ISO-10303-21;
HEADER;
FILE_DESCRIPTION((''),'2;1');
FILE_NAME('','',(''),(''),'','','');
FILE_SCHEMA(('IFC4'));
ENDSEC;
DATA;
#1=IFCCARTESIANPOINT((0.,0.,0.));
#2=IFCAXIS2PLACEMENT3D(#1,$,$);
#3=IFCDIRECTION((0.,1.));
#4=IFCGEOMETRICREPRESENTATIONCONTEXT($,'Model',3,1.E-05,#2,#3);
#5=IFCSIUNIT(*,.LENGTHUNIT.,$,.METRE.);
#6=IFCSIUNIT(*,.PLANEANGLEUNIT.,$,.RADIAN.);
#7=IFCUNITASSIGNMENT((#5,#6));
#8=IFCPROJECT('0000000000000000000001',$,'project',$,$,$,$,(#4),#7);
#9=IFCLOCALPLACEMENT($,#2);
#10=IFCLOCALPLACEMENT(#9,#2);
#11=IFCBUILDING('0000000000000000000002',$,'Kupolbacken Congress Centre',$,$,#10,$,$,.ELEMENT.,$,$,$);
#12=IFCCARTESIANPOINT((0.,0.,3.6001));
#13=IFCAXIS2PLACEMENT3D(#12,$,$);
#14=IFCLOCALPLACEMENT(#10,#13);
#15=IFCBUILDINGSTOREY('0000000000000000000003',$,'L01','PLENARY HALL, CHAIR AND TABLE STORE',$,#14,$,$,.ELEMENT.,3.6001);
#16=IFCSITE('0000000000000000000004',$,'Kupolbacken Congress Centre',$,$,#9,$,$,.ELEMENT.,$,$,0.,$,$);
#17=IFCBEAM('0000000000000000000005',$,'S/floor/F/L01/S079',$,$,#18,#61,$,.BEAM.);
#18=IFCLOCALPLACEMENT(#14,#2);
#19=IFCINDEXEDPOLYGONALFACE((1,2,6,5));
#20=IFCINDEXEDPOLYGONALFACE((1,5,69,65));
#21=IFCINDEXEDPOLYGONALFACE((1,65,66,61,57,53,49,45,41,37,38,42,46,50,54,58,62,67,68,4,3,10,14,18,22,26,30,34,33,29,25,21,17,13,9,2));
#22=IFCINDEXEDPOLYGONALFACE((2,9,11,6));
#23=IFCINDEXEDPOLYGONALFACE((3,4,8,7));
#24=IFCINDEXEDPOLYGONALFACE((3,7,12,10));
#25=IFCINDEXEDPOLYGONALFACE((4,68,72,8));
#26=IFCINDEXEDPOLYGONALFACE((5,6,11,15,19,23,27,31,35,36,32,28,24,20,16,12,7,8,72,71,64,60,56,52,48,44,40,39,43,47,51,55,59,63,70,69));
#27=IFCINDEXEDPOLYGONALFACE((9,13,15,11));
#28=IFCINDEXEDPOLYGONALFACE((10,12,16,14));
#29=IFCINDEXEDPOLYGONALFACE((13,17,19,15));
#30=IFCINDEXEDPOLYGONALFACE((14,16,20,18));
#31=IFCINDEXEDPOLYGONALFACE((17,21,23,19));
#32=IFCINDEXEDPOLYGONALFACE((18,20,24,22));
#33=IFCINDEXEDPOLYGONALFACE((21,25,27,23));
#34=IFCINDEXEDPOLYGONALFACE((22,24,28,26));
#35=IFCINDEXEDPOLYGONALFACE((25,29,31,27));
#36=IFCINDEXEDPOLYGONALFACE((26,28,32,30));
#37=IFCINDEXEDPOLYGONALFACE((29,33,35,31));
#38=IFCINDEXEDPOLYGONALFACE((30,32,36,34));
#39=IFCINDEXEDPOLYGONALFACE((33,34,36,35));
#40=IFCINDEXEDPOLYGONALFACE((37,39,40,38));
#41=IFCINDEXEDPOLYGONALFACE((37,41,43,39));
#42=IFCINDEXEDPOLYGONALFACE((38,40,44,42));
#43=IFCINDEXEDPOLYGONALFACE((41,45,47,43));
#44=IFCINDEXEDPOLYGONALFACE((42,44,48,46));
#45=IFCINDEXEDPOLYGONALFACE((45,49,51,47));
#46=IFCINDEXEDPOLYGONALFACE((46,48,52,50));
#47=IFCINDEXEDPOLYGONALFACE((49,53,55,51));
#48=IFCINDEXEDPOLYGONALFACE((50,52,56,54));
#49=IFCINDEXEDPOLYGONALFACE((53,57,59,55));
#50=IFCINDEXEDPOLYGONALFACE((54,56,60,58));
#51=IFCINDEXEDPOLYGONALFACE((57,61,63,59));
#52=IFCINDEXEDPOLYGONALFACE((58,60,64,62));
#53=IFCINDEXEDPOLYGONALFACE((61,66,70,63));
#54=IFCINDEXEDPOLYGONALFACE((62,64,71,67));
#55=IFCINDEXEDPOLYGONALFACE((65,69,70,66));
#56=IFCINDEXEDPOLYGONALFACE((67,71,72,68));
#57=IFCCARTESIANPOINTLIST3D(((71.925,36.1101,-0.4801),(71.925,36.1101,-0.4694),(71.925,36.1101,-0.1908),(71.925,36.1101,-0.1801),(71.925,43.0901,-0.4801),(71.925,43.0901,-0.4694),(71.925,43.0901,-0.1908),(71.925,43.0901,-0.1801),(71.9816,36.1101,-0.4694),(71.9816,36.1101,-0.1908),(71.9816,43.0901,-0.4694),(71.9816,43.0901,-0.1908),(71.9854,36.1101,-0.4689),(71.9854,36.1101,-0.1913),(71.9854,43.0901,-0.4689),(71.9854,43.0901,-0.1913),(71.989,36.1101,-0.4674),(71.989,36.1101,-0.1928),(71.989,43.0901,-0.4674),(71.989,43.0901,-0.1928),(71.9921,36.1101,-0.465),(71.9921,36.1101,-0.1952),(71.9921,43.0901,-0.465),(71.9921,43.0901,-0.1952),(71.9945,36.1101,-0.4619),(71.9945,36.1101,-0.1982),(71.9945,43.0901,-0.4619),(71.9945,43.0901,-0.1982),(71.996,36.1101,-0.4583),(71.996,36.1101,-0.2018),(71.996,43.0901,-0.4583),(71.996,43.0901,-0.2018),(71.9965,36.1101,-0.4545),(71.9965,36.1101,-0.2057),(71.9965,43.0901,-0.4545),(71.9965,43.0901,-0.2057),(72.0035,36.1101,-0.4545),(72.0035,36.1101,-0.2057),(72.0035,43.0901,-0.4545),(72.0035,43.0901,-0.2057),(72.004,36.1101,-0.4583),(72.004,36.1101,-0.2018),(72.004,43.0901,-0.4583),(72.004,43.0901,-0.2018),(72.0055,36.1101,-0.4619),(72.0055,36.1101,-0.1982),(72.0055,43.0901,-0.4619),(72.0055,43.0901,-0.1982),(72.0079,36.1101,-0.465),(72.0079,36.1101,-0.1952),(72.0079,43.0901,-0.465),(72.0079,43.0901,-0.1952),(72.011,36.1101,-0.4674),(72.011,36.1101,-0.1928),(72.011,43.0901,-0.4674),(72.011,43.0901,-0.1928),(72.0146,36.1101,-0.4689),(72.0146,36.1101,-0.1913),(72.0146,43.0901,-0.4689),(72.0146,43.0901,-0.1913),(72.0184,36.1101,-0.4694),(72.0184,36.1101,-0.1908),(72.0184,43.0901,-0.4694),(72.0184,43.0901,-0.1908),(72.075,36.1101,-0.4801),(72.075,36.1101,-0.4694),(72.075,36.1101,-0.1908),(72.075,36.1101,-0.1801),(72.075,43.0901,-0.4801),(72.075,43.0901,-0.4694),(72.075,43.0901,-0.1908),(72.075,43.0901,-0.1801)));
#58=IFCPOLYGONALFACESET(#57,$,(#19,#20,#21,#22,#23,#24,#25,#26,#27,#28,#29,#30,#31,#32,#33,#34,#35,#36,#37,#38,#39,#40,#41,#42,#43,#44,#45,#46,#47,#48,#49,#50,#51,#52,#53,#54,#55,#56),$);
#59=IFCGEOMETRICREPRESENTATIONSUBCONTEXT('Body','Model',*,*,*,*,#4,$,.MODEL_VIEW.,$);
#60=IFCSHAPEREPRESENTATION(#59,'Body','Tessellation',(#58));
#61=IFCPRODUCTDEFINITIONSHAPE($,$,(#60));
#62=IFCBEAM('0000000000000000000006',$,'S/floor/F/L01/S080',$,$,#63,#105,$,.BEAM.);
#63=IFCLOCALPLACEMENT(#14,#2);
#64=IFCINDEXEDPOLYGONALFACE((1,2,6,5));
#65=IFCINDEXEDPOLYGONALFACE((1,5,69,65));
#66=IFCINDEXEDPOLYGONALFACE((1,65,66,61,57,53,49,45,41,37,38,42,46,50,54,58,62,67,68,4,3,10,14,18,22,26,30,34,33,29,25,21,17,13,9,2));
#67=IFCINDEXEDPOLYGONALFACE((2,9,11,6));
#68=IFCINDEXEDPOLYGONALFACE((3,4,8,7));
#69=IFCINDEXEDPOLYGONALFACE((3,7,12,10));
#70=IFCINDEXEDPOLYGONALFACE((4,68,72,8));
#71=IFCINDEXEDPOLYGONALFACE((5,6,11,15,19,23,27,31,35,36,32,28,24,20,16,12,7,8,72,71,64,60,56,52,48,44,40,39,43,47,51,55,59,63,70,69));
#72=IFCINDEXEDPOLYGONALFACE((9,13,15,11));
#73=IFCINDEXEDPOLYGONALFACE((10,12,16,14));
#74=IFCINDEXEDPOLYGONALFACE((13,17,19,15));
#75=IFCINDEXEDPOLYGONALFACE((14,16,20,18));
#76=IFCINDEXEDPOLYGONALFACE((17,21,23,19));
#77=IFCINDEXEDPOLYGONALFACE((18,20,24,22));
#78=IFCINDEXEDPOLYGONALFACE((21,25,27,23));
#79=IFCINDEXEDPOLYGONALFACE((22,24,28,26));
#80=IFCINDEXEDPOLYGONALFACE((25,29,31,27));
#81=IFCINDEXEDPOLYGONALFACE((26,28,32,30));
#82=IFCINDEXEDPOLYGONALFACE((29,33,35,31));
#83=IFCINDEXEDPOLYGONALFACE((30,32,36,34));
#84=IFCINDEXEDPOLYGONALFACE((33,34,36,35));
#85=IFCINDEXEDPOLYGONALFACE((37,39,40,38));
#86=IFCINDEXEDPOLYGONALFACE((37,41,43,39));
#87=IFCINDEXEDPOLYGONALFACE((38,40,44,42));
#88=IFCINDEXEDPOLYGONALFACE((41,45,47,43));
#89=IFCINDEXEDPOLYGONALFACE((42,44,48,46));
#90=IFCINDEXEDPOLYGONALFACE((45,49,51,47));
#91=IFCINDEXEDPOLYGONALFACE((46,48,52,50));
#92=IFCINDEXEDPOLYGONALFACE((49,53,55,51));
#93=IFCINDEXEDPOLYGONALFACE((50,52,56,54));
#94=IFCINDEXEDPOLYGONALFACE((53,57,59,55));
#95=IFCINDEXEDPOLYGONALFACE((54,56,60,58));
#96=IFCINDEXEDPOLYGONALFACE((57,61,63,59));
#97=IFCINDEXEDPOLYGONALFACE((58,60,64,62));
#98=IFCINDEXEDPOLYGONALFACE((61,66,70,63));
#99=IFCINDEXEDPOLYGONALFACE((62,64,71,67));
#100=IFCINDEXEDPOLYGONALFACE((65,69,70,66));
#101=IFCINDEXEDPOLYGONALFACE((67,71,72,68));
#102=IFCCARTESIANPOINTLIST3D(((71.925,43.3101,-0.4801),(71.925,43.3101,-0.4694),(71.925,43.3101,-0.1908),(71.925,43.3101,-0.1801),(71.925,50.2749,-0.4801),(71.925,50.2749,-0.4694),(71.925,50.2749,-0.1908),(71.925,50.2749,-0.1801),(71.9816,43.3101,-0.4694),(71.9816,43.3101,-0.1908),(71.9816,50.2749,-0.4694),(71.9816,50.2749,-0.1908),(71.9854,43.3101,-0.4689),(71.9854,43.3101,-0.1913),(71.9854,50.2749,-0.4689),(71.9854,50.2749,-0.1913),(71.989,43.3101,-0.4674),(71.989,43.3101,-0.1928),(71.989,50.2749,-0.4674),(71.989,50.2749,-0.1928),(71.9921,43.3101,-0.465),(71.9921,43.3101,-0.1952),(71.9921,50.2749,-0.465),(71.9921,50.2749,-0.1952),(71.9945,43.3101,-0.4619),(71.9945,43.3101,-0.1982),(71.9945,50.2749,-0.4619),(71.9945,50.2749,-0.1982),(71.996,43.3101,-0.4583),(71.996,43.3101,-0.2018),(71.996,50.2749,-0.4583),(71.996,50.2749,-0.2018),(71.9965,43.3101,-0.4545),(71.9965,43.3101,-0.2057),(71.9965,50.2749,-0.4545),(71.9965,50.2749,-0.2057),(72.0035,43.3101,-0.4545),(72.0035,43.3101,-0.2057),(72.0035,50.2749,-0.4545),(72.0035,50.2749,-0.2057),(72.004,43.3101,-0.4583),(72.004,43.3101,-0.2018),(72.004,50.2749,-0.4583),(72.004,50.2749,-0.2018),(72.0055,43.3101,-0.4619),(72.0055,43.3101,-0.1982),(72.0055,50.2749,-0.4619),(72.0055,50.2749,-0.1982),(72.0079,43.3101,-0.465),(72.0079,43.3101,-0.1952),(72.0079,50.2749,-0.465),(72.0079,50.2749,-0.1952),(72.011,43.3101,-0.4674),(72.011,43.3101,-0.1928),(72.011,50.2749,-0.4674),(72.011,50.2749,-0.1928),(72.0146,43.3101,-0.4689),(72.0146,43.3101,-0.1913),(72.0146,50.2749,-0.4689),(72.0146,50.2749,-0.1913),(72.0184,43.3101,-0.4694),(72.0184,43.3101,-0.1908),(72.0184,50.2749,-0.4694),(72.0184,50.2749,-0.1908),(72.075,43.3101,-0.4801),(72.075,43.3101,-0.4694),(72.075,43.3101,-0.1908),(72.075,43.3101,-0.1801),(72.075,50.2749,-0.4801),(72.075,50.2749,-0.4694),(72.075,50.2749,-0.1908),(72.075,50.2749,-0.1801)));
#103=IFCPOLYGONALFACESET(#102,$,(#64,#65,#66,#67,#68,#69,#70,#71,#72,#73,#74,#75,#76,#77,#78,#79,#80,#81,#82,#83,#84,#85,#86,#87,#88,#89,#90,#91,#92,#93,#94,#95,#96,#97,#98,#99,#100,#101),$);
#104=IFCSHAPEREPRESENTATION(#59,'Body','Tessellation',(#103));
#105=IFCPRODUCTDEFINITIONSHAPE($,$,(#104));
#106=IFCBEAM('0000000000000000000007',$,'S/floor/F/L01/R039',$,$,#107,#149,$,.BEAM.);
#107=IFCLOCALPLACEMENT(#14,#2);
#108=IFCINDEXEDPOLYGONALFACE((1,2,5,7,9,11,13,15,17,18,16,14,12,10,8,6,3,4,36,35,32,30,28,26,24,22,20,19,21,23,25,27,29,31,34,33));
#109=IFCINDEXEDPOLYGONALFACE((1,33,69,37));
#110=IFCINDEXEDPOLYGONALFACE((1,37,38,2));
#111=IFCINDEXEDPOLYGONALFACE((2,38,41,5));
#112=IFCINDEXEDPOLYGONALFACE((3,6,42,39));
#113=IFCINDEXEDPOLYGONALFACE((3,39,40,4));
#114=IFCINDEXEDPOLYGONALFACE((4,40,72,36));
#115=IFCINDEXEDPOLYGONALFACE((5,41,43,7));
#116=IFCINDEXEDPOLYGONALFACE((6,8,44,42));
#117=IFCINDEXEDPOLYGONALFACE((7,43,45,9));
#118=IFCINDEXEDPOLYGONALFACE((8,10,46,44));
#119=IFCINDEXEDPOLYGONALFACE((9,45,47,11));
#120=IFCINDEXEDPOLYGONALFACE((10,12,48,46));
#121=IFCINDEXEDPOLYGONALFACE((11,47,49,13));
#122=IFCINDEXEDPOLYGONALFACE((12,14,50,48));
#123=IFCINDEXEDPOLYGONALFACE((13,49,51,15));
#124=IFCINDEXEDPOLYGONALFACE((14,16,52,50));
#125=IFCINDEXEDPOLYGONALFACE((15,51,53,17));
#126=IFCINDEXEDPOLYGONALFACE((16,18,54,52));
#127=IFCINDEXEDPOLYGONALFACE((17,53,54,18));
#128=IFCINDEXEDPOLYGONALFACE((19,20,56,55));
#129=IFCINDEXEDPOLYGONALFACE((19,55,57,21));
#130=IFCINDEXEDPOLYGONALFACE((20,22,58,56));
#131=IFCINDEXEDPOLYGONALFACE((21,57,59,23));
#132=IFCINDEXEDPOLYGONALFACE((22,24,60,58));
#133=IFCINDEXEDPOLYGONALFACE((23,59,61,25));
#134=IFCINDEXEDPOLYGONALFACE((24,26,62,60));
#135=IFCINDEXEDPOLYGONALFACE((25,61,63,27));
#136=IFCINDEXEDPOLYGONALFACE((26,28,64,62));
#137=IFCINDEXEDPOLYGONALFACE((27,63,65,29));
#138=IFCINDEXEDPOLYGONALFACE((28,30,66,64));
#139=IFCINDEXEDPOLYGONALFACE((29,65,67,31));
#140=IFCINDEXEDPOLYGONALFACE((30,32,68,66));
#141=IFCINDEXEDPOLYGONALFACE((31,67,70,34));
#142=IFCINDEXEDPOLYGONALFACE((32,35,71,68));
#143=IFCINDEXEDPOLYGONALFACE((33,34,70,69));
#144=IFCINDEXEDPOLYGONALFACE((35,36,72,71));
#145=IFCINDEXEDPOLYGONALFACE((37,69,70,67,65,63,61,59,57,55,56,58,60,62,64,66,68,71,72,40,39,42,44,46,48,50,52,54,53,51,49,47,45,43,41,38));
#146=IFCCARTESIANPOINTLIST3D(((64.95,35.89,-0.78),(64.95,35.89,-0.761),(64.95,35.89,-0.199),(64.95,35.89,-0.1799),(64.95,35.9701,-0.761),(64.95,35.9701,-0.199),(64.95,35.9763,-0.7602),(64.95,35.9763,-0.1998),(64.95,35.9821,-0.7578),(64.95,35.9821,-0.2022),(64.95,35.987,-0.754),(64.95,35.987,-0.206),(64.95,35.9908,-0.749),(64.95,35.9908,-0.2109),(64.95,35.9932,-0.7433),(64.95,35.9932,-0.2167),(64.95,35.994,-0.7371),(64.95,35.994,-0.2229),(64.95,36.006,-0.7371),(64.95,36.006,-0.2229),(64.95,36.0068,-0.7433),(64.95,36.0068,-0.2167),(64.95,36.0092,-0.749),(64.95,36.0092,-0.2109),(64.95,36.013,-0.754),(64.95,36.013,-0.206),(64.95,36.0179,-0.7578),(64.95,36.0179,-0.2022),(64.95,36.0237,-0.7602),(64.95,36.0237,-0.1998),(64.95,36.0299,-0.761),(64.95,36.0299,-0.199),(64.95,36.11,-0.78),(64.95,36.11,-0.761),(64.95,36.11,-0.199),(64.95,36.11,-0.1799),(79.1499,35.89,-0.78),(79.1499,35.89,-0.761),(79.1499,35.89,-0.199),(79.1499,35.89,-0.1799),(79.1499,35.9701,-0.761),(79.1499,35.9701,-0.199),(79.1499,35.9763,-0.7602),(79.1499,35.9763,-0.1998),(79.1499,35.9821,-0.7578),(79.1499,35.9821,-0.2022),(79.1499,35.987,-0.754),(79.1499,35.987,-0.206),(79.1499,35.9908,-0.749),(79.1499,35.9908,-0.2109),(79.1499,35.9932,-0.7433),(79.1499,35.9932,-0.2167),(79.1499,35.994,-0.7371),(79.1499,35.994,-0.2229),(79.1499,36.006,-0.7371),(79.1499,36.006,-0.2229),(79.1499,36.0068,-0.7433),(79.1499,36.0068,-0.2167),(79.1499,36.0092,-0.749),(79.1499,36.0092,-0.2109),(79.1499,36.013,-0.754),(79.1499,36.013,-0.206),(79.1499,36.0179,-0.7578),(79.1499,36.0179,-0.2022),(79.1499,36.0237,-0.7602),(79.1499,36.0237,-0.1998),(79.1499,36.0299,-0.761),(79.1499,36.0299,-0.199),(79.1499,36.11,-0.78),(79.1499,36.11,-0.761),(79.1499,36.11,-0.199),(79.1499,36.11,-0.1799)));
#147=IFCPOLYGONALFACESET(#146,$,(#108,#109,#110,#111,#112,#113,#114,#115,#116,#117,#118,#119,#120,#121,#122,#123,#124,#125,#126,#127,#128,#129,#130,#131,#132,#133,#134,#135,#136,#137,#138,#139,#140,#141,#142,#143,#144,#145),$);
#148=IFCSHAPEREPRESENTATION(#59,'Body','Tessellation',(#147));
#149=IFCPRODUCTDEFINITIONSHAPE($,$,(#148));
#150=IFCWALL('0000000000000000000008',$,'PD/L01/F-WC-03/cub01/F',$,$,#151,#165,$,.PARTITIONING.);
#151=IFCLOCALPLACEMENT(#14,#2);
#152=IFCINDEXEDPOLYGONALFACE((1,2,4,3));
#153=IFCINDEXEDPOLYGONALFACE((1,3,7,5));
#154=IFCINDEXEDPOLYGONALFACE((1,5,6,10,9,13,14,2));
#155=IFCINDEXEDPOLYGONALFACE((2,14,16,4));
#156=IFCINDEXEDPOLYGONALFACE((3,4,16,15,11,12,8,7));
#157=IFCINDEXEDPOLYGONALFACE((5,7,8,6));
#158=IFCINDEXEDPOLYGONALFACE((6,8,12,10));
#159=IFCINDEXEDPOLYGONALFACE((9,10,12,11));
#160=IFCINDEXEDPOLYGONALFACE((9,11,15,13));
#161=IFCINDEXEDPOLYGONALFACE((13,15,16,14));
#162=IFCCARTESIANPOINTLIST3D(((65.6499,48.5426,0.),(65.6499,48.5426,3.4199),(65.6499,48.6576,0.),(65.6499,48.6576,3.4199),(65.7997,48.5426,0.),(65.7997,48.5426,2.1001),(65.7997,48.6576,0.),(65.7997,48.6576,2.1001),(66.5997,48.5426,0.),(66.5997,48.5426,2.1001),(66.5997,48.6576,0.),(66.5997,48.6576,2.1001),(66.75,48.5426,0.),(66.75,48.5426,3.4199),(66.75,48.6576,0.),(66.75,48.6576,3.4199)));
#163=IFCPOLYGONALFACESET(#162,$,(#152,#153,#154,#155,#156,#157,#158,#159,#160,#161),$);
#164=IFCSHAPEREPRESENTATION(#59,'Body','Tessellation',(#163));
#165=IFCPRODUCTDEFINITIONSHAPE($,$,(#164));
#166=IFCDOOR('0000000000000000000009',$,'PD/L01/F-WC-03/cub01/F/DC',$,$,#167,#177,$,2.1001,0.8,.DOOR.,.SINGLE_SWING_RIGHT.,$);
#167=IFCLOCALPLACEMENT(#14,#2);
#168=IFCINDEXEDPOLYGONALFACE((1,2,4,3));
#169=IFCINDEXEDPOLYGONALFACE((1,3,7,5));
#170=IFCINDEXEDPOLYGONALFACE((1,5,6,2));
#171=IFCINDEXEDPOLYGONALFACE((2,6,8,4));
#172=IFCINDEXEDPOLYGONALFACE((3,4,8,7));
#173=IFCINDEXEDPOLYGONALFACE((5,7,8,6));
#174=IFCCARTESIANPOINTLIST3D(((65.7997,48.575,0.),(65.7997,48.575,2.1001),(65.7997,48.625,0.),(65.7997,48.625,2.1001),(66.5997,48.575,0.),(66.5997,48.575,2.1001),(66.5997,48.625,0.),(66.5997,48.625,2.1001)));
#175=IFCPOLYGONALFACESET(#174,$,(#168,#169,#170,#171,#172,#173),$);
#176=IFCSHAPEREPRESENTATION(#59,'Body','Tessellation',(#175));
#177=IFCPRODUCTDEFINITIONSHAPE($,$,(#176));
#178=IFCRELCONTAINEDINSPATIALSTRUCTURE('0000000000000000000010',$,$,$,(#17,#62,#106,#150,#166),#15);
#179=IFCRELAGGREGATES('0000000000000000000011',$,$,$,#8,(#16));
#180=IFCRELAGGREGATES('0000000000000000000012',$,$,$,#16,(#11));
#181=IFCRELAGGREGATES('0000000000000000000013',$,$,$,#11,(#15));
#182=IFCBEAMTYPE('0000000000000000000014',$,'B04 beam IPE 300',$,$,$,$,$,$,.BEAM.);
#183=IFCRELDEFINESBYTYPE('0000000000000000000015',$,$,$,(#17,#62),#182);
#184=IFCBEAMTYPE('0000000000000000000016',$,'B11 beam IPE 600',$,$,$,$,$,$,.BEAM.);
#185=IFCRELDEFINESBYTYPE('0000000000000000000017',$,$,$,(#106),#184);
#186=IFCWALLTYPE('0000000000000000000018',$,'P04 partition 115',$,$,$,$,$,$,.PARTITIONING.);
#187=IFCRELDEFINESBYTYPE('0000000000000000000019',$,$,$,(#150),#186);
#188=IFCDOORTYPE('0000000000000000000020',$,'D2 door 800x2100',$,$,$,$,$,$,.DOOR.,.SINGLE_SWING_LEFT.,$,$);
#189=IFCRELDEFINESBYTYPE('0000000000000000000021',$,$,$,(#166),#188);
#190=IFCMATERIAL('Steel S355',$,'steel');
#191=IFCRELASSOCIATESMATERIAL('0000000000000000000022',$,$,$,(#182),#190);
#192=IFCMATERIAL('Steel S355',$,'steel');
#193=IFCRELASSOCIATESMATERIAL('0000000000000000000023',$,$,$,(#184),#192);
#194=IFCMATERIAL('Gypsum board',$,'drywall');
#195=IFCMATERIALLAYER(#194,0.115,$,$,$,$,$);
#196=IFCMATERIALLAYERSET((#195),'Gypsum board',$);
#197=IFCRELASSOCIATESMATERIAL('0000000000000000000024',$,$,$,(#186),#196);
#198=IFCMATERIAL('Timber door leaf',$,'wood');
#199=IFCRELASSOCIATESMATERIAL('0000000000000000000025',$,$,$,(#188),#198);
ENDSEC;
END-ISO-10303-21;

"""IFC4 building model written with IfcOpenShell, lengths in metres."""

from ifc_helpers import new_model, si_unit, direction, frame, frame_2d, origin, origin_2d, place, context, subcontext, project, spatial, rectangle, i_section, extrude, material, layer, layer_set, material_profile, profile_set, type_object, element, fill, save


model = new_model("IFC4")

# Units and contexts
model_context = context("Model", 3, precision=1e-05, world=origin(), true_north=direction((0.0, 1.0)))
body_context = subcontext(model_context, "Body", "Model", "MODEL_VIEW")
ifc_project = project(units=[si_unit("LENGTHUNIT", "METRE"), si_unit("PLANEANGLEUNIT", "RADIAN")], contexts=[model_context])

# Site, building, storey
site_placement = place(None, origin())
site = spatial("IfcSite", under=ifc_project, at=site_placement, Name="Kupolbacken Congress Centre", CompositionType="ELEMENT", RefElevation=0.0)
building_placement = place(site_placement, origin())
building = spatial("IfcBuilding", under=site, at=building_placement, Name="Kupolbacken Congress Centre", CompositionType="ELEMENT")
storey_placement = place(building_placement, frame((0.0, 0.0, 3.6001)))
storey = spatial("IfcBuildingStorey", under=building, at=storey_placement, Name="L01", Description="PLENARY HALL, CHAIR AND TABLE STORE", CompositionType="ELEMENT", Elevation=3.6001)

# Beams
ifc_material_1 = material(Name="Steel S355", Category="steel")
ifc_material_profile_1 = material_profile(ifc_material_1, i_section(OverallWidth=0.1499, OverallDepth=0.3, WebThickness=0.0071, FlangeThickness=0.0107, FilletRadius=0.0149, at=origin_2d()), Name="IPE 300")
ifc_profile_set_1 = profile_set([ifc_material_profile_1], Name="Steel S355")
beam_type_1 = type_object("IfcBeamType", Name="B04 beam IPE 300", PredefinedType="BEAM", material=ifc_profile_set_1)
beam_1_placement = place(storey_placement, frame((72.0, 36.1101, -0.3301), z_axis=(0.0, 1.0, 0.0), x_axis=(-1.0, 0.0, 0.0)))
element("IfcBeam", 1, at=beam_1_placement, inside=storey, type_object=beam_type_1, Name="S/floor/F/L01/S079", PredefinedType="BEAM", context=body_context, shape_type="SweptSolid", body=[
    extrude(i_section(OverallWidth=0.1499, OverallDepth=0.3, WebThickness=0.0071, FlangeThickness=0.0107, FilletRadius=0.0149, at=origin_2d()), origin(), (0.0, 0.0, 1.0), 6.98),
])
beam_2_placement = place(storey_placement, frame((72.0, 43.3101, -0.3301), z_axis=(0.0, 1.0, 0.0), x_axis=(-1.0, 0.0, 0.0)))
element("IfcBeam", 2, at=beam_2_placement, inside=storey, type_object=beam_type_1, Name="S/floor/F/L01/S080", PredefinedType="BEAM", context=body_context, shape_type="SweptSolid", body=[
    extrude(i_section(OverallWidth=0.1499, OverallDepth=0.3, WebThickness=0.0071, FlangeThickness=0.0107, FilletRadius=0.0149, at=origin_2d()), origin(), (0.0, 0.0, 1.0), 6.9648),
])
ifc_material_2 = material(Name="Steel S355", Category="steel")
ifc_material_profile_2 = material_profile(ifc_material_2, i_section(OverallWidth=0.22, OverallDepth=0.6001, WebThickness=0.012, FlangeThickness=0.019, FilletRadius=0.0239, at=origin_2d()), Name="IPE 600")
ifc_profile_set_2 = profile_set([ifc_material_profile_2], Name="Steel S355")
beam_type_2 = type_object("IfcBeamType", Name="B11 beam IPE 600", PredefinedType="BEAM", material=ifc_profile_set_2)
beam_3_placement = place(storey_placement, frame((64.95, 36.0, -0.48), z_axis=(1.0, 0.0, 0.0), x_axis=(0.0, 1.0, 0.0)))
element("IfcBeam", 3, at=beam_3_placement, inside=storey, type_object=beam_type_2, Name="S/floor/F/L01/R039", PredefinedType="BEAM", context=body_context, shape_type="SweptSolid", body=[
    extrude(i_section(OverallWidth=0.22, OverallDepth=0.6001, WebThickness=0.012, FlangeThickness=0.019, FilletRadius=0.0239, at=origin_2d()), origin(), (0.0, 0.0, 1.0), 14.2),
])

# Wall, opening, door
ifc_material_3 = material(Name="Gypsum board", Category="drywall")
ifc_layer_1 = layer(ifc_material_3, 0.115)
ifc_layer_set_1 = layer_set([ifc_layer_1], Name="Gypsum board")
wall_type_1 = type_object("IfcWallType", Name="P04 partition 115", PredefinedType="PARTITIONING", material=ifc_layer_set_1)
wall_1_placement = place(storey_placement, frame((65.6499, 48.6001, 0.0), z_axis=(0.0, 0.0, 1.0), x_axis=(1.0, 0.0, 0.0)))
wall_1 = element("IfcWall", 4, at=wall_1_placement, inside=storey, type_object=wall_type_1, Name="PD/L01/F-WC-03/cub01/F", PredefinedType="PARTITIONING", context=body_context, shape_type="SweptSolid", body=[
    extrude(rectangle(XDim=1.1001, YDim=0.115, at=frame_2d((0.55, 0.0))), origin(), (0.0, 0.0, 1.0), 3.4199),
])
opening_1_placement = place(wall_1_placement, frame((0.1499, 0.0, 0.0)))
opening_1 = element("IfcOpeningElement", 5, at=opening_1_placement, cuts=wall_1, PredefinedType="OPENING", context=body_context, shape_type="SweptSolid", body=[
    extrude(rectangle(XDim=0.8, YDim=2.1001, at=frame_2d((0.3999, 1.05))), frame((0.0, 0.0674, 0.0), z_axis=(0.0, -1.0, 0.0), x_axis=(1.0, 0.0, 0.0)), (0.0, 0.0, 1.0), 0.135),
])
ifc_material_4 = material(Name="Timber door leaf", Category="wood")
door_type_1 = type_object("IfcDoorType", Name="D2 door 800x2100", OperationType="SINGLE_SWING_LEFT", PredefinedType="DOOR", material=ifc_material_4)
door_1_placement = place(opening_1_placement, origin())
door_1 = element("IfcDoor", 6, at=door_1_placement, inside=storey, type_object=door_type_1, Name="PD/L01/F-WC-03/cub01/F/DC", OperationType="SINGLE_SWING_RIGHT", OverallHeight=2.1001, OverallWidth=0.8, PredefinedType="DOOR", context=body_context, shape_type="SweptSolid", body=[
    extrude(rectangle(XDim=0.8, YDim=2.1001, at=frame_2d((0.3999, 1.05))), frame((0.0, 0.0249, 0.0), z_axis=(0.0, -1.0, 0.0), x_axis=(1.0, 0.0, 0.0)), (0.0, 0.0, 1.0), 0.05),
])
fill(opening_1, door_1)

save(model, "model.ifc")
